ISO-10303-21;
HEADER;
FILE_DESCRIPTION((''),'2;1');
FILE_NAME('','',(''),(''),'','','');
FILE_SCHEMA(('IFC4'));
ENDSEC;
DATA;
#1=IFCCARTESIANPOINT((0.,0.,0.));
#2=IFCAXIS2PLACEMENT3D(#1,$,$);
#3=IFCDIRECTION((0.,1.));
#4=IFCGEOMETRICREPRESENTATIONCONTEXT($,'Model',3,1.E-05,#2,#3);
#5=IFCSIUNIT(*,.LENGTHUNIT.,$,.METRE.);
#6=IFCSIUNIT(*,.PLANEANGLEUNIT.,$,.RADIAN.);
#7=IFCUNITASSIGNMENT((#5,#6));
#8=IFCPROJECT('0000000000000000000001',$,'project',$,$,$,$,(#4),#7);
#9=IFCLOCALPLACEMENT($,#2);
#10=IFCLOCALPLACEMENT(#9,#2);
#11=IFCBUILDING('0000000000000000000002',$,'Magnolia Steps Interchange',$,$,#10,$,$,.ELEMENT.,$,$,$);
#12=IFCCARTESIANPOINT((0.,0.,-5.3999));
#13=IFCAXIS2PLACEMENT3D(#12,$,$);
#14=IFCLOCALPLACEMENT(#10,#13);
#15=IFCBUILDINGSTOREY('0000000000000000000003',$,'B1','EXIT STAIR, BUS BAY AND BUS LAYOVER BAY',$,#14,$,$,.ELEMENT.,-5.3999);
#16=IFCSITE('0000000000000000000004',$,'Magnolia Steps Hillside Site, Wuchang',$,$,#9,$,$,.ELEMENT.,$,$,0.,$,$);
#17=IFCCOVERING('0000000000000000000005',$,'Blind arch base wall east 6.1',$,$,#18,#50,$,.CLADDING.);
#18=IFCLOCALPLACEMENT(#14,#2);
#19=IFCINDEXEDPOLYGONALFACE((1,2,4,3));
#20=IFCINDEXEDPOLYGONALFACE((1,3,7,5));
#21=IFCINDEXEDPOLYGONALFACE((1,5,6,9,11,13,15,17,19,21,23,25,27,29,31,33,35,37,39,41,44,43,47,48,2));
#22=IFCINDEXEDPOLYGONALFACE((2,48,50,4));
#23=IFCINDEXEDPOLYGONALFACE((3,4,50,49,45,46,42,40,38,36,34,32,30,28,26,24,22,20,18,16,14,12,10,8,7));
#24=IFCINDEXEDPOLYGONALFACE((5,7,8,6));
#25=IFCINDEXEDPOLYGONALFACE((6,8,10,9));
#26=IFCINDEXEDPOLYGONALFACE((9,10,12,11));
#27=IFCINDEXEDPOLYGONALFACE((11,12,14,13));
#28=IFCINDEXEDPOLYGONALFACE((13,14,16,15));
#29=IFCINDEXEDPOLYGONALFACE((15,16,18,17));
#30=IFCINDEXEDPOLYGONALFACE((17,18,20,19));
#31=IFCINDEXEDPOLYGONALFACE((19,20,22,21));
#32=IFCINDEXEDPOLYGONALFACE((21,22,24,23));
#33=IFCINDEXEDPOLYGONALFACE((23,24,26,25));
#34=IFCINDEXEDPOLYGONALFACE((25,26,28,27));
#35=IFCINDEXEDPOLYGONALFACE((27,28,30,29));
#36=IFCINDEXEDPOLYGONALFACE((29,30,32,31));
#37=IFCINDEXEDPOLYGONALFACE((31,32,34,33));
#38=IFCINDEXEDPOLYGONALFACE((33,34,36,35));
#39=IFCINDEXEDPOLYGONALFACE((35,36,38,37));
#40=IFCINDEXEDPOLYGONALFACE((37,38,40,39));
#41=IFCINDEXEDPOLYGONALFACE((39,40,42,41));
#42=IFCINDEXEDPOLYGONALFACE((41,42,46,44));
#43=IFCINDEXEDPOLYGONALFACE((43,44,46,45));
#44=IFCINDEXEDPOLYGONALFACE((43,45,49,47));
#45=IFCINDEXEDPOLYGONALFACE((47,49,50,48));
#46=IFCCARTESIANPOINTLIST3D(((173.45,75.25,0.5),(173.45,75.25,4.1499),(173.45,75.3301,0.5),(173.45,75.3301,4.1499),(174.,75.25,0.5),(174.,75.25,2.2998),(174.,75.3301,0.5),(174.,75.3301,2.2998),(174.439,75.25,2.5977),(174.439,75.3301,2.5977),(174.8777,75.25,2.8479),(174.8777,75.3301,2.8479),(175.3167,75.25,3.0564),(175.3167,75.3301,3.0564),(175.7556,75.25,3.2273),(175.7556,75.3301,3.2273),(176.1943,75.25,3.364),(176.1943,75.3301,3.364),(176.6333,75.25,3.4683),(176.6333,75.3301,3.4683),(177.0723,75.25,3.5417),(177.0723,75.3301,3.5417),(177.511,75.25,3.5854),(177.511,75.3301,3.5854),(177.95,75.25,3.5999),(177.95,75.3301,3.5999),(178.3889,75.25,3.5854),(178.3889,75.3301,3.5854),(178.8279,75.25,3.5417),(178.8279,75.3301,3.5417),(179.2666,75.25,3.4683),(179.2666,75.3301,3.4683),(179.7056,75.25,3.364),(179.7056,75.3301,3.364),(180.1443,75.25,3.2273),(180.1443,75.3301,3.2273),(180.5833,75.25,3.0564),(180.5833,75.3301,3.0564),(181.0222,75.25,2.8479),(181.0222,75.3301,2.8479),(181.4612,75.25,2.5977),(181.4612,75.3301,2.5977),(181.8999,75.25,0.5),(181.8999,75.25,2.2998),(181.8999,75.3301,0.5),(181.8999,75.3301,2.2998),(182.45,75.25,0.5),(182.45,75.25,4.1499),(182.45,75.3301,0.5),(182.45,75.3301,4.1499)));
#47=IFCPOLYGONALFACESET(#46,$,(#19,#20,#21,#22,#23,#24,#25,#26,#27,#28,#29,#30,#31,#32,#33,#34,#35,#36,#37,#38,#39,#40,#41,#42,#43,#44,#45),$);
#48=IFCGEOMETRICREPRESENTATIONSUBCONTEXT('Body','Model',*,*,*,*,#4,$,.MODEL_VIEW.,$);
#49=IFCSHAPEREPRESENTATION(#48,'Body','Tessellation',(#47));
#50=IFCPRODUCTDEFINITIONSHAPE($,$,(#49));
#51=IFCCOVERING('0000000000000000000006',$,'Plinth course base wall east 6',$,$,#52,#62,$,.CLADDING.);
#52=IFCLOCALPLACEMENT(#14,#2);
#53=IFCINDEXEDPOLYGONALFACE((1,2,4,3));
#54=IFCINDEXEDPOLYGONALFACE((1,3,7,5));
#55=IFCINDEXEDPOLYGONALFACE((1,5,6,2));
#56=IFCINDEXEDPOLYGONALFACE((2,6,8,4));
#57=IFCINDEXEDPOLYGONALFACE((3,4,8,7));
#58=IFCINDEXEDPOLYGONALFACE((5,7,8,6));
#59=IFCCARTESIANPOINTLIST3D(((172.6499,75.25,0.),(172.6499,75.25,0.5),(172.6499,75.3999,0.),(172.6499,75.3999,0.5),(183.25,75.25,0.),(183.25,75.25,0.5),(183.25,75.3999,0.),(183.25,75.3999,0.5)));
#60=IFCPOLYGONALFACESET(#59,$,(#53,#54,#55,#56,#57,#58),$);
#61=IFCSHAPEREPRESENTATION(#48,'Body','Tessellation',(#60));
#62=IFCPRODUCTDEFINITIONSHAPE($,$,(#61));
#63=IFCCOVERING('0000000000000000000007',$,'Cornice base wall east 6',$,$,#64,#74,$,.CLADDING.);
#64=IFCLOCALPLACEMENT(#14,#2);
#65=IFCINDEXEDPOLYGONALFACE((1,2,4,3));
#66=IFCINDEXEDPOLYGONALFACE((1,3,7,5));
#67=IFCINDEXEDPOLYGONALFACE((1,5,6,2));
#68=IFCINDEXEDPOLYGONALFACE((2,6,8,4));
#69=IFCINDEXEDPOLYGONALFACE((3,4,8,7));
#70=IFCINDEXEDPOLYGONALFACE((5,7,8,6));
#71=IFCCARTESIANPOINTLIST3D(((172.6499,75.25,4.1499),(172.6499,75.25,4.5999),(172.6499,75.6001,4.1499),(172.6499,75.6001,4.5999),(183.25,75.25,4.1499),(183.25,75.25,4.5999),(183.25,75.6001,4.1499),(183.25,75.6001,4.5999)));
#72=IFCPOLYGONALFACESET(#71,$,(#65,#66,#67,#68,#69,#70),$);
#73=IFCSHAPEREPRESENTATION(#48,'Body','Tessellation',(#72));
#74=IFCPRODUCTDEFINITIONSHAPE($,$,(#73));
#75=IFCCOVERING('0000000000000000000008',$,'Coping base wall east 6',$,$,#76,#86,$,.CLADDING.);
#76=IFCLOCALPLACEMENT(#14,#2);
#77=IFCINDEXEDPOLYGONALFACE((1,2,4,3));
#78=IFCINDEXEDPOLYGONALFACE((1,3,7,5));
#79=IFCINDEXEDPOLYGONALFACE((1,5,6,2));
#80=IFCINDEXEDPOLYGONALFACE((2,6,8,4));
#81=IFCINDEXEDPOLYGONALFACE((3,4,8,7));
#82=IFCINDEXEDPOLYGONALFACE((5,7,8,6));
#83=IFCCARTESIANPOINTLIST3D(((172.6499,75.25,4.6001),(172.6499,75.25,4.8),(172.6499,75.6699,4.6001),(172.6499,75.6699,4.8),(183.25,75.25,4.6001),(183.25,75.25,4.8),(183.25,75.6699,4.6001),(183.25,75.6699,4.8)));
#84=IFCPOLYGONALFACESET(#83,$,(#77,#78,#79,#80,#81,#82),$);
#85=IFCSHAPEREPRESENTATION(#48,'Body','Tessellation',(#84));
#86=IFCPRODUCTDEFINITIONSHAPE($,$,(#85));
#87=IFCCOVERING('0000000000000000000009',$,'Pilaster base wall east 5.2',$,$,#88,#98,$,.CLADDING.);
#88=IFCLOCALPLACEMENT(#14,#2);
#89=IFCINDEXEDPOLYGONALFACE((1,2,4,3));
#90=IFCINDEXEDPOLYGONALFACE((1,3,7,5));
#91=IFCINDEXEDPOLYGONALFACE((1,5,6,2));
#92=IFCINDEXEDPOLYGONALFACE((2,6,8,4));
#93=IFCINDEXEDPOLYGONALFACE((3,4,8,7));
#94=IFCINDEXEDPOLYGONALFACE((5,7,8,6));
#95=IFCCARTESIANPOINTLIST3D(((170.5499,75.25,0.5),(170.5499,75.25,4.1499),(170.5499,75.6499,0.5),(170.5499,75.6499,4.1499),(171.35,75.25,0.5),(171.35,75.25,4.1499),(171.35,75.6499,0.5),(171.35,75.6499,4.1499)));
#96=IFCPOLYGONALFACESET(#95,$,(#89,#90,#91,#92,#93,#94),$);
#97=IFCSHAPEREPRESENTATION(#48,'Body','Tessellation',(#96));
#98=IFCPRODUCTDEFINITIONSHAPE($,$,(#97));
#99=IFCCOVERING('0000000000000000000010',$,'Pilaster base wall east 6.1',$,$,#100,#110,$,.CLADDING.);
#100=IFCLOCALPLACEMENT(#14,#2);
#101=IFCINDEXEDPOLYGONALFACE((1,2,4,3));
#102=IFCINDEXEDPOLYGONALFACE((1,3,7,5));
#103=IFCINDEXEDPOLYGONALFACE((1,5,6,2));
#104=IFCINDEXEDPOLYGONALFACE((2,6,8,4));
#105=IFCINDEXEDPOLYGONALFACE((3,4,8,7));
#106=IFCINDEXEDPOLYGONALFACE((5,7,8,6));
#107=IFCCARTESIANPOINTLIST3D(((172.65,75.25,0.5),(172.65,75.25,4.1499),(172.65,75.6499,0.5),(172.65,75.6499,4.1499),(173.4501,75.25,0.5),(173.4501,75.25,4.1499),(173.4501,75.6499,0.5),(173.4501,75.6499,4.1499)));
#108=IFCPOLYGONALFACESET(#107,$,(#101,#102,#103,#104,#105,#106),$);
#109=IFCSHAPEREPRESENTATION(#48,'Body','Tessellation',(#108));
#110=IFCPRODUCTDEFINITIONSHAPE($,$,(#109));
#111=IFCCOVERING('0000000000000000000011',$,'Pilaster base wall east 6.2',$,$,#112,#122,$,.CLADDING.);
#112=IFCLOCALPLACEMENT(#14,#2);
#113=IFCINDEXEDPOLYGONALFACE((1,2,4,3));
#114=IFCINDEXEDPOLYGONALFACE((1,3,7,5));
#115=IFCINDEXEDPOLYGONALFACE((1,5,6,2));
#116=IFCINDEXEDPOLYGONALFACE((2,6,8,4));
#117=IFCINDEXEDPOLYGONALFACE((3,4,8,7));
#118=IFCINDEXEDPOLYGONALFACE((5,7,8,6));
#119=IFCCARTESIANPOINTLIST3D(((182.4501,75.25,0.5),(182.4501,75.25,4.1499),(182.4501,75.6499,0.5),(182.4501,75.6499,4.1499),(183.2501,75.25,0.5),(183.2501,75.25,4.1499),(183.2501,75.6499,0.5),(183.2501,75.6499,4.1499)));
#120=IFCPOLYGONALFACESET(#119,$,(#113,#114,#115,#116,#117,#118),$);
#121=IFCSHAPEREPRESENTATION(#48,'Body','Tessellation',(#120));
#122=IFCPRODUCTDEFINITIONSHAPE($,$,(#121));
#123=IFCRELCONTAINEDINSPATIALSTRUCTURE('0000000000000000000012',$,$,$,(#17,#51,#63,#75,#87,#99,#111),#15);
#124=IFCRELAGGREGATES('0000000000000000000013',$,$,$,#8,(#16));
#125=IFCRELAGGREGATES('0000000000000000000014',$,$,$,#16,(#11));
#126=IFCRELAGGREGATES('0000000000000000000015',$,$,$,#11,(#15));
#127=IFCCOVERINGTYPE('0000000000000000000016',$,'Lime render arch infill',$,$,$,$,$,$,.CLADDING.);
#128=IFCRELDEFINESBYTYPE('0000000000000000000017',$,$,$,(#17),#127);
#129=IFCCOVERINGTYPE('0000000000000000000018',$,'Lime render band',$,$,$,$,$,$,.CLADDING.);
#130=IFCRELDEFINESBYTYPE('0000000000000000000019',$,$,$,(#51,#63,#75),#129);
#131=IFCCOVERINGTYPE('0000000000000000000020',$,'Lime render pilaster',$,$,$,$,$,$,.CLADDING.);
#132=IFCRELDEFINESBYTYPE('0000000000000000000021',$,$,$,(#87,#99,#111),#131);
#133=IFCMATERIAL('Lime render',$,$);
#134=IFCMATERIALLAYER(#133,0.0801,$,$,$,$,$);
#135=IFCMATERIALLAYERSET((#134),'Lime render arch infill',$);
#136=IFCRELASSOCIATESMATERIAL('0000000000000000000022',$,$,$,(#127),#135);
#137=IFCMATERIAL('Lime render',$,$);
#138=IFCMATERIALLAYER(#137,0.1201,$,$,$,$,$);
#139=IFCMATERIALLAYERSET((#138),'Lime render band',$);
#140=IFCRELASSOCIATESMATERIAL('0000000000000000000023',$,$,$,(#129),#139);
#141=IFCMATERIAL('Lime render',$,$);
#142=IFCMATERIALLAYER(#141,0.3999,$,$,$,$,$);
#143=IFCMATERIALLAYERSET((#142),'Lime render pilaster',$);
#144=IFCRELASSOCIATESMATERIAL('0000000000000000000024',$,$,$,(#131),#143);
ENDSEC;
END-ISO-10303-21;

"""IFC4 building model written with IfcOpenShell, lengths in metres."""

from ifc_helpers import new_model, si_unit, direction, frame, origin, origin_2d, place, context, subcontext, project, spatial, polyline, rectangle, outline, extrude, material, layer, layer_set, type_object, element, save


model = new_model("IFC4")

# Units and contexts
model_context = context("Model", 3, precision=1e-05, world=origin(), true_north=direction((0.0, 1.0)))
body_context = subcontext(model_context, "Body", "Model", "MODEL_VIEW")
ifc_project = project(units=[si_unit("LENGTHUNIT", "METRE"), si_unit("PLANEANGLEUNIT", "RADIAN")], contexts=[model_context])

# Site, building, storey
site_placement = place(None, origin())
site = spatial("IfcSite", under=ifc_project, at=site_placement, Name="Magnolia Steps Hillside Site, Wuchang", CompositionType="ELEMENT", RefElevation=0.0)
building_placement = place(site_placement, origin())
building = spatial("IfcBuilding", under=site, at=building_placement, Name="Magnolia Steps Interchange", CompositionType="ELEMENT")
storey_placement = place(building_placement, frame((0.0, 0.0, -5.3999)))
storey = spatial("IfcBuildingStorey", under=building, at=storey_placement, Name="B1", Description="EXIT STAIR, BUS BAY AND BUS LAYOVER BAY", CompositionType="ELEMENT", Elevation=-5.3999)

# Coverings
ifc_material_1 = material(Name="Lime render")
ifc_layer_1 = layer(ifc_material_1, 0.0801)
ifc_layer_set_1 = layer_set([ifc_layer_1], Name="Lime render arch infill")
covering_type_1 = type_object("IfcCoveringType", Name="Lime render arch infill", PredefinedType="CLADDING", material=ifc_layer_set_1)
covering_1_placement = place(storey_placement, frame((174.0, 75.25, 0.5), z_axis=(0.0, -1.0, 0.0), x_axis=(0.0, 0.0, 1.0)))
element("IfcCovering", 1, at=covering_1_placement, inside=storey, type_object=covering_type_1, Name="Blind arch base wall east 6.1", PredefinedType="CLADDING", context=body_context, shape_type="SweptSolid", body=[
    extrude(outline(polyline([(0.0, 0.0), (1.7998, 0.0), (2.0977, -0.439), (2.3479, -0.8777), (2.5564, -1.3167), (2.7273, -1.7556), (2.864, -2.1943), (2.9683, -2.6333), (3.0417, -3.0723), (3.0854, -3.511), (3.0999, -3.95), (3.0854, -4.3889), (3.0417, -4.8279), (2.9683, -5.2666), (2.864, -5.7056), (2.7273, -6.1443), (2.5564, -6.5833), (2.3479, -7.0222), (2.0977, -7.4612), (1.7998, -7.8999), (0.0, -7.8999), (0.0, -8.45), (3.6499, -8.45), (3.6499, 0.55), (0.0, 0.55), (0.0, 0.0)])), origin(), (0.0, 0.0, -1.0), 0.0801),
])
ifc_material_2 = material(Name="Lime render")
ifc_layer_2 = layer(ifc_material_2, 0.1201)
ifc_layer_set_2 = layer_set([ifc_layer_2], Name="Lime render band")
covering_type_2 = type_object("IfcCoveringType", Name="Lime render band", PredefinedType="CLADDING", material=ifc_layer_set_2)
covering_2_placement = place(storey_placement, frame((177.95, 75.325, 0.0), z_axis=(0.0, 0.0, 1.0), x_axis=(1.0, 0.0, 0.0)))
element("IfcCovering", 2, at=covering_2_placement, inside=storey, type_object=covering_type_2, Name="Plinth course base wall east 6", PredefinedType="CLADDING", context=body_context, shape_type="SweptSolid", body=[
    extrude(rectangle(XDim=10.6001, YDim=0.1499, at=origin_2d()), origin(), (0.0, 0.0, 1.0), 0.5),
])
covering_3_placement = place(storey_placement, frame((177.95, 75.425, 4.1499), z_axis=(0.0, 0.0, 1.0), x_axis=(1.0, 0.0, 0.0)))
element("IfcCovering", 3, at=covering_3_placement, inside=storey, type_object=covering_type_2, Name="Cornice base wall east 6", PredefinedType="CLADDING", context=body_context, shape_type="SweptSolid", body=[
    extrude(rectangle(XDim=10.6001, YDim=0.3501, at=origin_2d()), origin(), (0.0, 0.0, 1.0), 0.45),
])
covering_4_placement = place(storey_placement, frame((177.95, 75.46, 4.6001), z_axis=(0.0, 0.0, 1.0), x_axis=(1.0, 0.0, 0.0)))
element("IfcCovering", 4, at=covering_4_placement, inside=storey, type_object=covering_type_2, Name="Coping base wall east 6", PredefinedType="CLADDING", context=body_context, shape_type="SweptSolid", body=[
    extrude(rectangle(XDim=10.6001, YDim=0.4199, at=origin_2d()), origin(), (0.0, 0.0, 1.0), 0.2),
])
ifc_material_3 = material(Name="Lime render")
ifc_layer_3 = layer(ifc_material_3, 0.3999)
ifc_layer_set_3 = layer_set([ifc_layer_3], Name="Lime render pilaster")
covering_type_3 = type_object("IfcCoveringType", Name="Lime render pilaster", PredefinedType="CLADDING", material=ifc_layer_set_3)
for number, where, z_axis, x_axis, name in (
    (5, (170.95, 75.45, 0.5), (0.0, 0.0, 1.0), (1.0, 0.0, 0.0), "Pilaster base wall east 5.2"),
    (6, (173.05, 75.45, 0.5), (0.0, 0.0, 1.0), (1.0, 0.0, 0.0), "Pilaster base wall east 6.1"),
    (7, (182.8501, 75.45, 0.5), (0.0, 0.0, 1.0), (1.0, 0.0, 0.0), "Pilaster base wall east 6.2"),
):
    element("IfcCovering", number, at=place(storey_placement, frame(where, z_axis=z_axis, x_axis=x_axis)), inside=storey, type_object=covering_type_3, Name=name, PredefinedType="CLADDING", context=body_context, shape_type="SweptSolid", body=[
        extrude(rectangle(XDim=0.8, YDim=0.3999, at=origin_2d()), origin(), (0.0, 0.0, 1.0), 3.6499),
    ])

save(model, "model.ifc")
